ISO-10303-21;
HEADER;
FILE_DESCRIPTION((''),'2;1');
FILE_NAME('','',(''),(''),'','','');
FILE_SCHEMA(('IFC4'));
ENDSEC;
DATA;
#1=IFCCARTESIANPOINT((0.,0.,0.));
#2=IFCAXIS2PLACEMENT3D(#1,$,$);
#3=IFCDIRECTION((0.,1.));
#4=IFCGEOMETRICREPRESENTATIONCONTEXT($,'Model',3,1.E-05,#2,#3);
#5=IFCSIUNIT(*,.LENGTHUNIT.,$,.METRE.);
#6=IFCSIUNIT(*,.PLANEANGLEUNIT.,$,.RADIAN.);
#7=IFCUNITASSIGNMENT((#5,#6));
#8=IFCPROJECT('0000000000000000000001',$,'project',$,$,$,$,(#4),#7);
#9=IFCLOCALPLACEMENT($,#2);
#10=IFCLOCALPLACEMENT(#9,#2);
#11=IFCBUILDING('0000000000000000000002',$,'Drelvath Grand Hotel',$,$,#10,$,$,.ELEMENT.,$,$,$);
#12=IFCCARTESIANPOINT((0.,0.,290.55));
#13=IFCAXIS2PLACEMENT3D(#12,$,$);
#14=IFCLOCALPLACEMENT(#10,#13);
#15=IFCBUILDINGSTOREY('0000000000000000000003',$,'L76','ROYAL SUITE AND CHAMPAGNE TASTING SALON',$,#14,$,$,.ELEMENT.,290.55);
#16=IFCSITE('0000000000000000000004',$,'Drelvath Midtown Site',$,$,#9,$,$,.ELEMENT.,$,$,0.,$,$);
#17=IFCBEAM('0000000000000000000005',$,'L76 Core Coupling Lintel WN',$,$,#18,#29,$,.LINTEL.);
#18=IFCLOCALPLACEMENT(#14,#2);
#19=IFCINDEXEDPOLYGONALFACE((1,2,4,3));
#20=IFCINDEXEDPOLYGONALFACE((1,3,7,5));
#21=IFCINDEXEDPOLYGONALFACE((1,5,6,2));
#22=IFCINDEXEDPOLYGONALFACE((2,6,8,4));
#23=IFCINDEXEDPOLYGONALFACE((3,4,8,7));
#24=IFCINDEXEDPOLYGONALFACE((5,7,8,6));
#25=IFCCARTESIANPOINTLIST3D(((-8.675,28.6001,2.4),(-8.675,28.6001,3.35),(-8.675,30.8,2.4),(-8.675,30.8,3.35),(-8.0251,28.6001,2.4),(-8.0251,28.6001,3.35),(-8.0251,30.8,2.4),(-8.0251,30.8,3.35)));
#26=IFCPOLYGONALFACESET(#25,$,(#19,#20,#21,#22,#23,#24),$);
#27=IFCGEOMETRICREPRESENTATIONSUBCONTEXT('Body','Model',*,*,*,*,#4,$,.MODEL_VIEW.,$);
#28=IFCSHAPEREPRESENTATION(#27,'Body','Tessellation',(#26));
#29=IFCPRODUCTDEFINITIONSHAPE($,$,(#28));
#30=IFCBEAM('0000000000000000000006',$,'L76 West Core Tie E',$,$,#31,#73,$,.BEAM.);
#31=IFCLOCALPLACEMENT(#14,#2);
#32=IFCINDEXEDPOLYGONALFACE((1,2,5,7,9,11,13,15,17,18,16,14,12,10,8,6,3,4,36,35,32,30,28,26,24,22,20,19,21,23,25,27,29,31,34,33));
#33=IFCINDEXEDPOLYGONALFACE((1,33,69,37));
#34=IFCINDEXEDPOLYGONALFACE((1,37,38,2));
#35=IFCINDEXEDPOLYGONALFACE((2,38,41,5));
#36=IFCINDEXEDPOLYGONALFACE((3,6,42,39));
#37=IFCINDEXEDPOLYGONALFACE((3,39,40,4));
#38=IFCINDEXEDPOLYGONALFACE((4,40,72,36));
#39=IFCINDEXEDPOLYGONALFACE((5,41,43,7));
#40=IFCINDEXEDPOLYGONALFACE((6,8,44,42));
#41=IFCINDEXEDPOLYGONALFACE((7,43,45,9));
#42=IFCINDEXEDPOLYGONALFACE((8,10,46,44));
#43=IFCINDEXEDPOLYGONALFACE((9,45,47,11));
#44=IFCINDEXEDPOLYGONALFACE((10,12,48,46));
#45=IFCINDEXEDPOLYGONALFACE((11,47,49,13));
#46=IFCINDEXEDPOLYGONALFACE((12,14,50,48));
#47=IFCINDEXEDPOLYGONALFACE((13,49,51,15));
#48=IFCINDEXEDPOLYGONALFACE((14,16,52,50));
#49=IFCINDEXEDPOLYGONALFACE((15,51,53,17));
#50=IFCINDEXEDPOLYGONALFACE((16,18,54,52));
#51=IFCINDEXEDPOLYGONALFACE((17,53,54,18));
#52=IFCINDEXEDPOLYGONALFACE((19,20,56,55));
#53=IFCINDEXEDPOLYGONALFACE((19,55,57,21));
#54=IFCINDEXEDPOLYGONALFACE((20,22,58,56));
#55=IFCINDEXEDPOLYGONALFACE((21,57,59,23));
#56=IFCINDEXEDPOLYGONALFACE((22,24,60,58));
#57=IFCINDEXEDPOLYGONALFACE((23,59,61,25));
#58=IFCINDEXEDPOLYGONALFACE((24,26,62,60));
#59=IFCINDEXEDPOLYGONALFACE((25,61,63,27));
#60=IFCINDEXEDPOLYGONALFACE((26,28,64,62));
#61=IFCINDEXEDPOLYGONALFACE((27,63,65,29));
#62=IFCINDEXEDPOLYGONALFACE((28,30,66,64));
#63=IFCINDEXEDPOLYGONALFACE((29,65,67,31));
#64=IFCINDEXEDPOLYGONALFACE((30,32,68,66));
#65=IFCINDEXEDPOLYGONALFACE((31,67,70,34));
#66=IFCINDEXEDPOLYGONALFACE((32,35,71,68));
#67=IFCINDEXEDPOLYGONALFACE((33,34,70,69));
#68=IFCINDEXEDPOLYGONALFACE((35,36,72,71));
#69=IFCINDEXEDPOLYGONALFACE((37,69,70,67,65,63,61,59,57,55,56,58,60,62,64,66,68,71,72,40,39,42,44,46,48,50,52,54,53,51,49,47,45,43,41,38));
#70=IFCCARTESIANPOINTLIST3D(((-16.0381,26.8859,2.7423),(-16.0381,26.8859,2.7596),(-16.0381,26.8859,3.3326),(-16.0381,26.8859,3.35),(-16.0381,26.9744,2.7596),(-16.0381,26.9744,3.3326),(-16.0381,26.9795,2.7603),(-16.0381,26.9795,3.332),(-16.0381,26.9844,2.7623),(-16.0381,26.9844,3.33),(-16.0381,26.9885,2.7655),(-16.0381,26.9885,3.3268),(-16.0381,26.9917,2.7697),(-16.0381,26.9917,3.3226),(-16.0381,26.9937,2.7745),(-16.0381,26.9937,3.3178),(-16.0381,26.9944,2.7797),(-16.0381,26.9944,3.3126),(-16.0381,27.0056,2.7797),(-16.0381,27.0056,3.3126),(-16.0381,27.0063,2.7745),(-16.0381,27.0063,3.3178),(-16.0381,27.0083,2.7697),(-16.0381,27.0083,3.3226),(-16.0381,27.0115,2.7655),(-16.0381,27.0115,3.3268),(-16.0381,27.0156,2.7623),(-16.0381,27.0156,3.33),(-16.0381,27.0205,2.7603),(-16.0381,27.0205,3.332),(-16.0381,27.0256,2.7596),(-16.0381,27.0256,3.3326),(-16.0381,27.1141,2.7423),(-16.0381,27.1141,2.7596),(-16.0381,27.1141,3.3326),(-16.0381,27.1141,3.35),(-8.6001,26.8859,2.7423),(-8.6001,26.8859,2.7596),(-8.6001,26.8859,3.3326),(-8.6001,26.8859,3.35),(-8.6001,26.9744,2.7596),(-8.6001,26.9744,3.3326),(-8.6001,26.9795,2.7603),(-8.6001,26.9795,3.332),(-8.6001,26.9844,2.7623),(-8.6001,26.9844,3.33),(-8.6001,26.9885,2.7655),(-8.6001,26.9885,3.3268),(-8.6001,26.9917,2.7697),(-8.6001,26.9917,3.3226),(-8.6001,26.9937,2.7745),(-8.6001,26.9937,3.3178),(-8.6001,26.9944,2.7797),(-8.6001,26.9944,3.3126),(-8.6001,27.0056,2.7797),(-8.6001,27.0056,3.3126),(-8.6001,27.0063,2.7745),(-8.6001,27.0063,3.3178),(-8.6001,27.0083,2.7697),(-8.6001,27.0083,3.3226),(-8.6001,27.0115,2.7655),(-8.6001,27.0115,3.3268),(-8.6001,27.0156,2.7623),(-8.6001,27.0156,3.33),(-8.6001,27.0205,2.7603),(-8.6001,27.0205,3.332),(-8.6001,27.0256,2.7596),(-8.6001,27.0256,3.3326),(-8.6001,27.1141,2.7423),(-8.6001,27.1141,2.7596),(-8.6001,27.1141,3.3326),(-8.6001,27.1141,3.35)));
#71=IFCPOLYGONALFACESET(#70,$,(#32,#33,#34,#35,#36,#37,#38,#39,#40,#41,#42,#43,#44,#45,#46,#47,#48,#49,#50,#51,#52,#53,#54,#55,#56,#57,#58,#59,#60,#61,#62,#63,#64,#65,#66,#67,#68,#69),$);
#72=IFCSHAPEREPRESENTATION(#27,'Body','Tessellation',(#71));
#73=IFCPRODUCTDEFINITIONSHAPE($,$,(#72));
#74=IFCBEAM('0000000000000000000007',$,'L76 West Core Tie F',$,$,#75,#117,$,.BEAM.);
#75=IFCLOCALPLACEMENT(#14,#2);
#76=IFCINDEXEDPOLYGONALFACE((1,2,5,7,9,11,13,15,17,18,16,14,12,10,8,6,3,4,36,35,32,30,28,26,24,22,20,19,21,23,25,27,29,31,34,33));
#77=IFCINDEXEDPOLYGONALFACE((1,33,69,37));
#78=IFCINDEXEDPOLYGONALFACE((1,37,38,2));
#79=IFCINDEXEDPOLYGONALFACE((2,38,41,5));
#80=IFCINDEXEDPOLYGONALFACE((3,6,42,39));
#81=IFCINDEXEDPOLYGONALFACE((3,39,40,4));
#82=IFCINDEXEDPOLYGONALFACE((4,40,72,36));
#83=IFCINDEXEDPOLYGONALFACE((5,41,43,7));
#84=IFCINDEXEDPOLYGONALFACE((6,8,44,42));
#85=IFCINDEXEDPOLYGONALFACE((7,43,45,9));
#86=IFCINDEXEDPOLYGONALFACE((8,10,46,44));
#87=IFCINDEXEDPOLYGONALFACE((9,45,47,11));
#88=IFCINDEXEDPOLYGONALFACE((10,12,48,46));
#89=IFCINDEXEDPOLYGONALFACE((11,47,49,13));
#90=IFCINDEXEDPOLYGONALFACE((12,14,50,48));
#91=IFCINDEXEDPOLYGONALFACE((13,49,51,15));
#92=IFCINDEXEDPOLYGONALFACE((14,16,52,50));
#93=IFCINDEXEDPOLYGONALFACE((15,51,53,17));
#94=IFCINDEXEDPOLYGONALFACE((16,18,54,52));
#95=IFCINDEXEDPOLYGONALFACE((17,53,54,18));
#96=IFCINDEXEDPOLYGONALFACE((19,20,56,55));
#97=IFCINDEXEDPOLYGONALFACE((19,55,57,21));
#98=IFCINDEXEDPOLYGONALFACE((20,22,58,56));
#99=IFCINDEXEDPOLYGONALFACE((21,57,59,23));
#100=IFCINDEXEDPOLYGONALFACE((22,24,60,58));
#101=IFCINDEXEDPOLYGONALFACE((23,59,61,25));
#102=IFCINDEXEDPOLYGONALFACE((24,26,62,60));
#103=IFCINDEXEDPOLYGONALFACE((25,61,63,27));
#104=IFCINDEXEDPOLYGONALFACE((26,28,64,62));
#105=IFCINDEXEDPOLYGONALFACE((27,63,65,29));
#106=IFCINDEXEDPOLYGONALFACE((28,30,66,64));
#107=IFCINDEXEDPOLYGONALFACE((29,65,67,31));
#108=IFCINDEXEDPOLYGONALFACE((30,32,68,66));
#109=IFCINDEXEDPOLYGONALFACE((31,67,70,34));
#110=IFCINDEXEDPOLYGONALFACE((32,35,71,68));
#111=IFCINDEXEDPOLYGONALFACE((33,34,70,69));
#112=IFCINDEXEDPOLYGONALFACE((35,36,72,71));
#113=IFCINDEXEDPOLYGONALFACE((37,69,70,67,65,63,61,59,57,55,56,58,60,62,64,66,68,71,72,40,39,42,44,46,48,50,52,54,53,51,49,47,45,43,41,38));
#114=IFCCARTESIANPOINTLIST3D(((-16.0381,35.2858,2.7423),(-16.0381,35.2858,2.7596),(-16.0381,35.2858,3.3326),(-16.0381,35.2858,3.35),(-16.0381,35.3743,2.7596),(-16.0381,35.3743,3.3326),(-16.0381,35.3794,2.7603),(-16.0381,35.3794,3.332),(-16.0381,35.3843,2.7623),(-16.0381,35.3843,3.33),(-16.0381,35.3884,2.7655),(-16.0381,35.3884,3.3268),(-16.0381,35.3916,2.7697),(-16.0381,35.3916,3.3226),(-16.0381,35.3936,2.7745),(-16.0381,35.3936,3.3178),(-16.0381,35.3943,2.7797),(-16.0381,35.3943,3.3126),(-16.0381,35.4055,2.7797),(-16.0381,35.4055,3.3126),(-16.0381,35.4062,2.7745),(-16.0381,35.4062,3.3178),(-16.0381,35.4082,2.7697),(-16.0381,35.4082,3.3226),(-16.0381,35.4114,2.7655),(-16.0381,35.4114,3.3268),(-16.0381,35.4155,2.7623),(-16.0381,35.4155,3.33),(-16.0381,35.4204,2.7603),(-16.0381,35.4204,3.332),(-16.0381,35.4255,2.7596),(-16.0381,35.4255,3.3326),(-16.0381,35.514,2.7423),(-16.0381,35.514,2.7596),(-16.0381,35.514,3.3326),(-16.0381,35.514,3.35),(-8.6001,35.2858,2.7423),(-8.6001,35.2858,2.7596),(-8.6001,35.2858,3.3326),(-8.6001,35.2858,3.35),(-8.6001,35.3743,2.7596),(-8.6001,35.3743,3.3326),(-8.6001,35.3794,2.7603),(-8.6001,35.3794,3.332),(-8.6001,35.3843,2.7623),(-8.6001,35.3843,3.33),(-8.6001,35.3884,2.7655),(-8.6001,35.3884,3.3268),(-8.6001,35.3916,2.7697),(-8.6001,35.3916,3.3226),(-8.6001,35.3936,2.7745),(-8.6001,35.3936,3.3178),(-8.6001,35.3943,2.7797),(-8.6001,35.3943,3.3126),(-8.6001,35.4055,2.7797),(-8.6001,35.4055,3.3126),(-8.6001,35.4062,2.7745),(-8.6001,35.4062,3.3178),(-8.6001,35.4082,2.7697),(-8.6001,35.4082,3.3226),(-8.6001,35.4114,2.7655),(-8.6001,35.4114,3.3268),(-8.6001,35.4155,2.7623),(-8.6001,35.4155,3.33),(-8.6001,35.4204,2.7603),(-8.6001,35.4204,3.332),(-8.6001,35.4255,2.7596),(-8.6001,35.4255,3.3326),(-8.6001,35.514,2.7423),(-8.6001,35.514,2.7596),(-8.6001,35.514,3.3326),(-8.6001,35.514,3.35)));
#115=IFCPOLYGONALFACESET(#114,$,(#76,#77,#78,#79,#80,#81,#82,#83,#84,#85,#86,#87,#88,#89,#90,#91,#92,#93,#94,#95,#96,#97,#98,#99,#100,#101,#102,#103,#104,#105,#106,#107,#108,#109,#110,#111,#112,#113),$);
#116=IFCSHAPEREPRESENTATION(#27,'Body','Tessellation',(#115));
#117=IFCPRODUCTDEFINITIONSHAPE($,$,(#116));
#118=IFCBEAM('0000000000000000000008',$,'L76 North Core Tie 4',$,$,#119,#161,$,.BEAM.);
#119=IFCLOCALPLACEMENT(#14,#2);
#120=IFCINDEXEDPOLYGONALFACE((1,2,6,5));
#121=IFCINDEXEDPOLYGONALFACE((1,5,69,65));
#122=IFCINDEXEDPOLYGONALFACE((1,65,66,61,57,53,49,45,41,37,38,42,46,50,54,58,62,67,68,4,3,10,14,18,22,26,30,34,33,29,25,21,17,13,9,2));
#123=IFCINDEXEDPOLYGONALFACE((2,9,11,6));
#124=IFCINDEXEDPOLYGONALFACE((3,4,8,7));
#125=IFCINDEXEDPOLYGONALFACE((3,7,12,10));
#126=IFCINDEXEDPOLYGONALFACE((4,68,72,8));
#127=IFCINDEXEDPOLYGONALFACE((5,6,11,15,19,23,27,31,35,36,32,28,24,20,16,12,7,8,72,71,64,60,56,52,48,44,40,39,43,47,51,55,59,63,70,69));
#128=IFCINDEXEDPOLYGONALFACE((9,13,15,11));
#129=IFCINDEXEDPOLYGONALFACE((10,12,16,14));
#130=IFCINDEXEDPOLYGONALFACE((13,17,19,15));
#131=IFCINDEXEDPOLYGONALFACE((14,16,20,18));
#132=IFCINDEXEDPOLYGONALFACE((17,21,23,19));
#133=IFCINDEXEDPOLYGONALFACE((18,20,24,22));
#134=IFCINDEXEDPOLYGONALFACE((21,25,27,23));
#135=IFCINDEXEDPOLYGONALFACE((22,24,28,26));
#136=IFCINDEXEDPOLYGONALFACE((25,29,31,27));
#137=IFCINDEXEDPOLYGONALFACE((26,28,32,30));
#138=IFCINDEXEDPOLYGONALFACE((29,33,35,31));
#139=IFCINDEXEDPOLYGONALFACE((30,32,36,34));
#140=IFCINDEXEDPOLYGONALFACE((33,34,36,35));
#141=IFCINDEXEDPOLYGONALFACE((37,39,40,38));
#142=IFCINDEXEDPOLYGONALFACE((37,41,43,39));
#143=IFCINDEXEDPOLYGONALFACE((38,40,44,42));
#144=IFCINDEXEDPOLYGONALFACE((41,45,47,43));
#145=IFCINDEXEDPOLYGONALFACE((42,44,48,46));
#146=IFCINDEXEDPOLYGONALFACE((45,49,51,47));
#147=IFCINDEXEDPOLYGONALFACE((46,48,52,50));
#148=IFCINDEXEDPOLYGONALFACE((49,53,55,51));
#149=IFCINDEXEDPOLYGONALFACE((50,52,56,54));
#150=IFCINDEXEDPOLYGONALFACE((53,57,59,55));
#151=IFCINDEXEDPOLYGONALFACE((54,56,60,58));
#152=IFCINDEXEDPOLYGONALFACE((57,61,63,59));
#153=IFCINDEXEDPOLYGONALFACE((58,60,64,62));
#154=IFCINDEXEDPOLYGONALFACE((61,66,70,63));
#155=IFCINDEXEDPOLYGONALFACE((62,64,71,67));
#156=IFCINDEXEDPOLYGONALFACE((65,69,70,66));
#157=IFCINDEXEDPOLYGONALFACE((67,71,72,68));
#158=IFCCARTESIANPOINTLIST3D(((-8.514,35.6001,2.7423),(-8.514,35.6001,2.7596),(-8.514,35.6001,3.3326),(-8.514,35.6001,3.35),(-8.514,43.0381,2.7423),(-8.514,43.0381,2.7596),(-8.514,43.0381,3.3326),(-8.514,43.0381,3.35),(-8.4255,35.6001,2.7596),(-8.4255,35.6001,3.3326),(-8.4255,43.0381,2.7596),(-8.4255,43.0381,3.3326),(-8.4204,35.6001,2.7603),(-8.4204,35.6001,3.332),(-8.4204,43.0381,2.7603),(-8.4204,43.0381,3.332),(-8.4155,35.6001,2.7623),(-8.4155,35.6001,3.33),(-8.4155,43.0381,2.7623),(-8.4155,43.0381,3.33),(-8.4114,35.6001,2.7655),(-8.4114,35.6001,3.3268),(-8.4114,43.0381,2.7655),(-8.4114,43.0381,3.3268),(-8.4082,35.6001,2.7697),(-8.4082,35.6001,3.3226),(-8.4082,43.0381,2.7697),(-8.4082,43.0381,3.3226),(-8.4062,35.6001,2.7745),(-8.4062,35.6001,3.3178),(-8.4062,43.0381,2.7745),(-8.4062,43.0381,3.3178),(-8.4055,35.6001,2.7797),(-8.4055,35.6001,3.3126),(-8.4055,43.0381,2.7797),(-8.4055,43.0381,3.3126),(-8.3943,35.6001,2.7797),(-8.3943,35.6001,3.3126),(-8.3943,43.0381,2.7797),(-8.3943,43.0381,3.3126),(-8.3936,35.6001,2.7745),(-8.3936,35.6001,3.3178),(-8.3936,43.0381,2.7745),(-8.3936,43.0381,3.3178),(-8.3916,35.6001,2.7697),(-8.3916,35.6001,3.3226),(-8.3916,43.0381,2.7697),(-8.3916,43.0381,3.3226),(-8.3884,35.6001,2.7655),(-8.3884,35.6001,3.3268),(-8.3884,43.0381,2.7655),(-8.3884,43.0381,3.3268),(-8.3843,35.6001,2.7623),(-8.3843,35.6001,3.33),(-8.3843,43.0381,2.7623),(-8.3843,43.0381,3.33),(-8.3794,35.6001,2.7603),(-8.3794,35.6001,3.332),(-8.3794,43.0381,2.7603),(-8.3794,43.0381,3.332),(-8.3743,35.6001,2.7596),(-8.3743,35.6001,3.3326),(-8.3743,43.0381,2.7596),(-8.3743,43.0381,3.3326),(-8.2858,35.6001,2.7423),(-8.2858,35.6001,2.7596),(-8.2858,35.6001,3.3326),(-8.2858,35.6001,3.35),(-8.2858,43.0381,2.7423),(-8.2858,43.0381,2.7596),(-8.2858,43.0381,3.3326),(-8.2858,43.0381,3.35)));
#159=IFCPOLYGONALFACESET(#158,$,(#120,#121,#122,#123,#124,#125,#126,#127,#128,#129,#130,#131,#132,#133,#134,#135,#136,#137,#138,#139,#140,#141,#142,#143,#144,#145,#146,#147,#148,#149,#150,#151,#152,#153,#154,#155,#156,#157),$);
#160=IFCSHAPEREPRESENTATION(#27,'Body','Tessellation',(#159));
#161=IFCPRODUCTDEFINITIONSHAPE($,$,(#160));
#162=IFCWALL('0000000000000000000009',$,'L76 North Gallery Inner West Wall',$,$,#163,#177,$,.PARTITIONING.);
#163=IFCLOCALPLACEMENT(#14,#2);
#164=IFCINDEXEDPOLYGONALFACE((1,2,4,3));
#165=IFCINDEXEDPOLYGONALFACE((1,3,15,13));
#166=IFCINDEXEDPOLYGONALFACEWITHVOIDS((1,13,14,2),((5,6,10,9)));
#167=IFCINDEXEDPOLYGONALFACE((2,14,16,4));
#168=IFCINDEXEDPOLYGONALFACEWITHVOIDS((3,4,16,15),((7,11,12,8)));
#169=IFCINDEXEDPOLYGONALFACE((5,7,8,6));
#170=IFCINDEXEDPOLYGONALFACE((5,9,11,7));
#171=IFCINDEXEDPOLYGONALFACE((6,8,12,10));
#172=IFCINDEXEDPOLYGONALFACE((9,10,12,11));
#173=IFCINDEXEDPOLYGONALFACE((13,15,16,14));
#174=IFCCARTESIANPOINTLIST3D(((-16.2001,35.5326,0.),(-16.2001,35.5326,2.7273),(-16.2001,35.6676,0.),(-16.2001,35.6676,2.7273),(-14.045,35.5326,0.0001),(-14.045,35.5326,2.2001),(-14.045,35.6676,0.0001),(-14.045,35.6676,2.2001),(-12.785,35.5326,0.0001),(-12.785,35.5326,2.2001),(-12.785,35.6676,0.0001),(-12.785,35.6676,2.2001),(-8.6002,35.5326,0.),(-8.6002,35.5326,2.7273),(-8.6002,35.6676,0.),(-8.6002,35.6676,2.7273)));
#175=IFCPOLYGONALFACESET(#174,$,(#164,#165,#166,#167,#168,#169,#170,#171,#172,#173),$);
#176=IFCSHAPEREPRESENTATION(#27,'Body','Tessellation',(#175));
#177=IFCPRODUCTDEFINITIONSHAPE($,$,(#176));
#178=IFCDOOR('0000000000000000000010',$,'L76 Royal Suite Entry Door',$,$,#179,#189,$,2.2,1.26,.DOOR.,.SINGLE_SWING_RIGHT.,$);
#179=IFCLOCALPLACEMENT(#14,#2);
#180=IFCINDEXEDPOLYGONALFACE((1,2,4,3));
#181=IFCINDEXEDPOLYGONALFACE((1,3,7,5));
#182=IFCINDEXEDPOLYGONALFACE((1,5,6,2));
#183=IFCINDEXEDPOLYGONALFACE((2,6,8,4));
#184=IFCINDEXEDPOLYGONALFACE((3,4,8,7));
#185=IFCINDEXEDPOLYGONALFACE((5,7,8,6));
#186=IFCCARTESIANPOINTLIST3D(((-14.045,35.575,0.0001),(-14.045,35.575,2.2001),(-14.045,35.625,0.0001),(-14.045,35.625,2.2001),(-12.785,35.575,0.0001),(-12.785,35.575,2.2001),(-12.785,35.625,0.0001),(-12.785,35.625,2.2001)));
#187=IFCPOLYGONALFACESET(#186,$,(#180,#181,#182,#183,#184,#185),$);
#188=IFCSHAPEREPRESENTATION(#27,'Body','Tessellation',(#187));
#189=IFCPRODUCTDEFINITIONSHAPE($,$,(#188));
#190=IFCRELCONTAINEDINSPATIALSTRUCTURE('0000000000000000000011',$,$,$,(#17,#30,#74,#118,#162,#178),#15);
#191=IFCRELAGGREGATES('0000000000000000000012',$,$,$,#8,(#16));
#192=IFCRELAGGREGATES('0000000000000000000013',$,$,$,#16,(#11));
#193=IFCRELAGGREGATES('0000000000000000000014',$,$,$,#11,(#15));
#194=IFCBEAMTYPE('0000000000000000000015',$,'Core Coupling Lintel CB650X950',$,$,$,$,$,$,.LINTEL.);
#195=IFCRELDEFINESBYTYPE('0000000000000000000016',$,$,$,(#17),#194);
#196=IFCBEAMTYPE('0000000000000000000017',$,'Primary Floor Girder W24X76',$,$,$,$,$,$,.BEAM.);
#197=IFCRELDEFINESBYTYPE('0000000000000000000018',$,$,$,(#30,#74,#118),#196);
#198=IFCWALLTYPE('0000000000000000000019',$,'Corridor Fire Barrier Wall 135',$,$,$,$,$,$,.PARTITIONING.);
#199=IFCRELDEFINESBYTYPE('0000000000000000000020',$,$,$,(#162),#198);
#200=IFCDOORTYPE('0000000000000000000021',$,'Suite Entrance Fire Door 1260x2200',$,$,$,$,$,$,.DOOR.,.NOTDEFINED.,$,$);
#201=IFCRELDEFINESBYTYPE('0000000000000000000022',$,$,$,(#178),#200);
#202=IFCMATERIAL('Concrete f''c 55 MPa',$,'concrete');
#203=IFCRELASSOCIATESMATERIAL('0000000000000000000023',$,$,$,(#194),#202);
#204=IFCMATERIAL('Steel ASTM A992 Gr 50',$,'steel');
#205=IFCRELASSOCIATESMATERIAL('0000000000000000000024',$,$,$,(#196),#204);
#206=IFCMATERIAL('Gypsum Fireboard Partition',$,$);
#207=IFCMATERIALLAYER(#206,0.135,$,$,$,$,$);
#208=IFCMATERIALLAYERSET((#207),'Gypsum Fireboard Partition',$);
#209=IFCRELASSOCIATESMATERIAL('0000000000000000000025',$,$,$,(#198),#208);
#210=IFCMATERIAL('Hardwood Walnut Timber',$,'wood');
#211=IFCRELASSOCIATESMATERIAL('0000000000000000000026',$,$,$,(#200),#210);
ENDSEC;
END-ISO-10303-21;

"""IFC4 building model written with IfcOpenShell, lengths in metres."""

from ifc_helpers import new_model, si_unit, direction, frame, frame_2d, origin, origin_2d, place, context, subcontext, project, spatial, rectangle, i_section, extrude, material, layer, layer_set, material_profile, profile_set, type_object, element, fill, save


model = new_model("IFC4")

# Units and contexts
model_context = context("Model", 3, precision=1e-05, world=origin(), true_north=direction((0.0, 1.0)))
body_context = subcontext(model_context, "Body", "Model", "MODEL_VIEW")
ifc_project = project(units=[si_unit("LENGTHUNIT", "METRE"), si_unit("PLANEANGLEUNIT", "RADIAN")], contexts=[model_context])

# Site, building, storey
site_placement = place(None, origin())
site = spatial("IfcSite", under=ifc_project, at=site_placement, Name="Drelvath Midtown Site", CompositionType="ELEMENT", RefElevation=0.0)
building_placement = place(site_placement, origin())
building = spatial("IfcBuilding", under=site, at=building_placement, Name="Drelvath Grand Hotel", CompositionType="ELEMENT")
storey_placement = place(building_placement, frame((0.0, 0.0, 290.55)))
storey = spatial("IfcBuildingStorey", under=building, at=storey_placement, Name="L76", Description="ROYAL SUITE AND CHAMPAGNE TASTING SALON", CompositionType="ELEMENT", Elevation=290.55)

# Beams
ifc_material_1 = material(Name="Concrete f'c 55 MPa", Category="concrete")
ifc_material_profile_1 = material_profile(ifc_material_1, rectangle(XDim=0.6499, YDim=0.95, at=origin_2d()), Name="CB650X950")
ifc_profile_set_1 = profile_set([ifc_material_profile_1], Name="Concrete f'c 55 MPa")
beam_type_1 = type_object("IfcBeamType", Name="Core Coupling Lintel CB650X950", PredefinedType="LINTEL", material=ifc_profile_set_1)
beam_placement = place(storey_placement, frame((-8.3501, 28.6001, 2.875), z_axis=(0.0, 1.0, 0.0), x_axis=(-1.0, 0.0, 0.0)))
element("IfcBeam", 1, at=beam_placement, inside=storey, type_object=beam_type_1, Name="L76 Core Coupling Lintel WN", PredefinedType="LINTEL", context=body_context, shape_type="SweptSolid", body=[
    extrude(rectangle(XDim=0.6499, YDim=0.95, at=origin_2d()), origin(), (0.0, 0.0, 1.0), 2.2),
])
ifc_material_2 = material(Name="Steel ASTM A992 Gr 50", Category="steel")
ifc_material_profile_2 = material_profile(ifc_material_2, i_section(OverallWidth=0.2283, OverallDepth=0.6077, WebThickness=0.0112, FlangeThickness=0.0173, FilletRadius=0.02, at=origin_2d()), Name="W24X76")
ifc_profile_set_2 = profile_set([ifc_material_profile_2], Name="Steel ASTM A992 Gr 50")
beam_type_2 = type_object("IfcBeamType", Name="Primary Floor Girder W24X76", PredefinedType="BEAM", material=ifc_profile_set_2)
for number, where, z_axis, x_axis, name in (
    (2, (-16.0381, 27.0, 3.0461), (1.0, 0.0, 0.0), (0.0, 1.0, 0.0), "L76 West Core Tie E"),
    (3, (-16.0381, 35.3999, 3.0461), (1.0, 0.0, 0.0), (0.0, 1.0, 0.0), "L76 West Core Tie F"),
    (4, (-8.3999, 35.6001, 3.0461), (0.0, 1.0, 0.0), (-1.0, 0.0, 0.0), "L76 North Core Tie 4"),
):
    element("IfcBeam", number, at=place(storey_placement, frame(where, z_axis=z_axis, x_axis=x_axis)), inside=storey, type_object=beam_type_2, Name=name, PredefinedType="BEAM", context=body_context, shape_type="SweptSolid", body=[
        extrude(i_section(OverallWidth=0.2283, OverallDepth=0.6077, WebThickness=0.0112, FlangeThickness=0.0173, FilletRadius=0.02, at=origin_2d()), origin(), (0.0, 0.0, 1.0), 7.438),
    ])

# Wall, opening, door
ifc_material_3 = material(Name="Gypsum Fireboard Partition")
ifc_layer_1 = layer(ifc_material_3, 0.135)
ifc_layer_set_1 = layer_set([ifc_layer_1], Name="Gypsum Fireboard Partition")
wall_type_1 = type_object("IfcWallType", Name="Corridor Fire Barrier Wall 135", PredefinedType="PARTITIONING", material=ifc_layer_set_1)
wall_1_placement = place(storey_placement, frame((-16.2, 35.6001, 0.0), z_axis=(0.0, 0.0, 1.0), x_axis=(1.0, 0.0, 0.0)))
wall_1 = element("IfcWall", 5, at=wall_1_placement, inside=storey, type_object=wall_type_1, Name="L76 North Gallery Inner West Wall", PredefinedType="PARTITIONING", context=body_context, shape_type="SweptSolid", body=[
    extrude(rectangle(XDim=7.5999, YDim=0.135, at=frame_2d((3.7998, 0.0))), origin(), (0.0, 0.0, 1.0), 2.7273),
])
opening_1_placement = place(wall_1_placement, frame((2.155, 0.0, 0.0)))
opening_1 = element("IfcOpeningElement", 6, at=opening_1_placement, cuts=wall_1, PredefinedType="OPENING", context=body_context, shape_type="SweptSolid", body=[
    extrude(rectangle(XDim=1.26, YDim=2.2, at=frame_2d((0.6299, 1.1001))), frame((0.0, 0.0774, 0.0), z_axis=(0.0, -1.0, 0.0), x_axis=(1.0, 0.0, 0.0)), (0.0, 0.0, 1.0), 0.155),
])
ifc_material_4 = material(Name="Hardwood Walnut Timber", Category="wood")
door_type_1 = type_object("IfcDoorType", Name="Suite Entrance Fire Door 1260x2200", OperationType="NOTDEFINED", PredefinedType="DOOR", material=ifc_material_4)
door_1_placement = place(opening_1_placement, origin())
door_1 = element("IfcDoor", 7, at=door_1_placement, inside=storey, type_object=door_type_1, Name="L76 Royal Suite Entry Door", OperationType="SINGLE_SWING_RIGHT", OverallHeight=2.2, OverallWidth=1.26, PredefinedType="DOOR", context=body_context, shape_type="SweptSolid", body=[
    extrude(rectangle(XDim=1.26, YDim=2.2, at=frame_2d((0.6299, 1.1001))), frame((0.0, 0.0249, 0.0), z_axis=(0.0, -1.0, 0.0), x_axis=(1.0, 0.0, 0.0)), (0.0, 0.0, 1.0), 0.05),
])
fill(opening_1, door_1)

save(model, "model.ifc")
